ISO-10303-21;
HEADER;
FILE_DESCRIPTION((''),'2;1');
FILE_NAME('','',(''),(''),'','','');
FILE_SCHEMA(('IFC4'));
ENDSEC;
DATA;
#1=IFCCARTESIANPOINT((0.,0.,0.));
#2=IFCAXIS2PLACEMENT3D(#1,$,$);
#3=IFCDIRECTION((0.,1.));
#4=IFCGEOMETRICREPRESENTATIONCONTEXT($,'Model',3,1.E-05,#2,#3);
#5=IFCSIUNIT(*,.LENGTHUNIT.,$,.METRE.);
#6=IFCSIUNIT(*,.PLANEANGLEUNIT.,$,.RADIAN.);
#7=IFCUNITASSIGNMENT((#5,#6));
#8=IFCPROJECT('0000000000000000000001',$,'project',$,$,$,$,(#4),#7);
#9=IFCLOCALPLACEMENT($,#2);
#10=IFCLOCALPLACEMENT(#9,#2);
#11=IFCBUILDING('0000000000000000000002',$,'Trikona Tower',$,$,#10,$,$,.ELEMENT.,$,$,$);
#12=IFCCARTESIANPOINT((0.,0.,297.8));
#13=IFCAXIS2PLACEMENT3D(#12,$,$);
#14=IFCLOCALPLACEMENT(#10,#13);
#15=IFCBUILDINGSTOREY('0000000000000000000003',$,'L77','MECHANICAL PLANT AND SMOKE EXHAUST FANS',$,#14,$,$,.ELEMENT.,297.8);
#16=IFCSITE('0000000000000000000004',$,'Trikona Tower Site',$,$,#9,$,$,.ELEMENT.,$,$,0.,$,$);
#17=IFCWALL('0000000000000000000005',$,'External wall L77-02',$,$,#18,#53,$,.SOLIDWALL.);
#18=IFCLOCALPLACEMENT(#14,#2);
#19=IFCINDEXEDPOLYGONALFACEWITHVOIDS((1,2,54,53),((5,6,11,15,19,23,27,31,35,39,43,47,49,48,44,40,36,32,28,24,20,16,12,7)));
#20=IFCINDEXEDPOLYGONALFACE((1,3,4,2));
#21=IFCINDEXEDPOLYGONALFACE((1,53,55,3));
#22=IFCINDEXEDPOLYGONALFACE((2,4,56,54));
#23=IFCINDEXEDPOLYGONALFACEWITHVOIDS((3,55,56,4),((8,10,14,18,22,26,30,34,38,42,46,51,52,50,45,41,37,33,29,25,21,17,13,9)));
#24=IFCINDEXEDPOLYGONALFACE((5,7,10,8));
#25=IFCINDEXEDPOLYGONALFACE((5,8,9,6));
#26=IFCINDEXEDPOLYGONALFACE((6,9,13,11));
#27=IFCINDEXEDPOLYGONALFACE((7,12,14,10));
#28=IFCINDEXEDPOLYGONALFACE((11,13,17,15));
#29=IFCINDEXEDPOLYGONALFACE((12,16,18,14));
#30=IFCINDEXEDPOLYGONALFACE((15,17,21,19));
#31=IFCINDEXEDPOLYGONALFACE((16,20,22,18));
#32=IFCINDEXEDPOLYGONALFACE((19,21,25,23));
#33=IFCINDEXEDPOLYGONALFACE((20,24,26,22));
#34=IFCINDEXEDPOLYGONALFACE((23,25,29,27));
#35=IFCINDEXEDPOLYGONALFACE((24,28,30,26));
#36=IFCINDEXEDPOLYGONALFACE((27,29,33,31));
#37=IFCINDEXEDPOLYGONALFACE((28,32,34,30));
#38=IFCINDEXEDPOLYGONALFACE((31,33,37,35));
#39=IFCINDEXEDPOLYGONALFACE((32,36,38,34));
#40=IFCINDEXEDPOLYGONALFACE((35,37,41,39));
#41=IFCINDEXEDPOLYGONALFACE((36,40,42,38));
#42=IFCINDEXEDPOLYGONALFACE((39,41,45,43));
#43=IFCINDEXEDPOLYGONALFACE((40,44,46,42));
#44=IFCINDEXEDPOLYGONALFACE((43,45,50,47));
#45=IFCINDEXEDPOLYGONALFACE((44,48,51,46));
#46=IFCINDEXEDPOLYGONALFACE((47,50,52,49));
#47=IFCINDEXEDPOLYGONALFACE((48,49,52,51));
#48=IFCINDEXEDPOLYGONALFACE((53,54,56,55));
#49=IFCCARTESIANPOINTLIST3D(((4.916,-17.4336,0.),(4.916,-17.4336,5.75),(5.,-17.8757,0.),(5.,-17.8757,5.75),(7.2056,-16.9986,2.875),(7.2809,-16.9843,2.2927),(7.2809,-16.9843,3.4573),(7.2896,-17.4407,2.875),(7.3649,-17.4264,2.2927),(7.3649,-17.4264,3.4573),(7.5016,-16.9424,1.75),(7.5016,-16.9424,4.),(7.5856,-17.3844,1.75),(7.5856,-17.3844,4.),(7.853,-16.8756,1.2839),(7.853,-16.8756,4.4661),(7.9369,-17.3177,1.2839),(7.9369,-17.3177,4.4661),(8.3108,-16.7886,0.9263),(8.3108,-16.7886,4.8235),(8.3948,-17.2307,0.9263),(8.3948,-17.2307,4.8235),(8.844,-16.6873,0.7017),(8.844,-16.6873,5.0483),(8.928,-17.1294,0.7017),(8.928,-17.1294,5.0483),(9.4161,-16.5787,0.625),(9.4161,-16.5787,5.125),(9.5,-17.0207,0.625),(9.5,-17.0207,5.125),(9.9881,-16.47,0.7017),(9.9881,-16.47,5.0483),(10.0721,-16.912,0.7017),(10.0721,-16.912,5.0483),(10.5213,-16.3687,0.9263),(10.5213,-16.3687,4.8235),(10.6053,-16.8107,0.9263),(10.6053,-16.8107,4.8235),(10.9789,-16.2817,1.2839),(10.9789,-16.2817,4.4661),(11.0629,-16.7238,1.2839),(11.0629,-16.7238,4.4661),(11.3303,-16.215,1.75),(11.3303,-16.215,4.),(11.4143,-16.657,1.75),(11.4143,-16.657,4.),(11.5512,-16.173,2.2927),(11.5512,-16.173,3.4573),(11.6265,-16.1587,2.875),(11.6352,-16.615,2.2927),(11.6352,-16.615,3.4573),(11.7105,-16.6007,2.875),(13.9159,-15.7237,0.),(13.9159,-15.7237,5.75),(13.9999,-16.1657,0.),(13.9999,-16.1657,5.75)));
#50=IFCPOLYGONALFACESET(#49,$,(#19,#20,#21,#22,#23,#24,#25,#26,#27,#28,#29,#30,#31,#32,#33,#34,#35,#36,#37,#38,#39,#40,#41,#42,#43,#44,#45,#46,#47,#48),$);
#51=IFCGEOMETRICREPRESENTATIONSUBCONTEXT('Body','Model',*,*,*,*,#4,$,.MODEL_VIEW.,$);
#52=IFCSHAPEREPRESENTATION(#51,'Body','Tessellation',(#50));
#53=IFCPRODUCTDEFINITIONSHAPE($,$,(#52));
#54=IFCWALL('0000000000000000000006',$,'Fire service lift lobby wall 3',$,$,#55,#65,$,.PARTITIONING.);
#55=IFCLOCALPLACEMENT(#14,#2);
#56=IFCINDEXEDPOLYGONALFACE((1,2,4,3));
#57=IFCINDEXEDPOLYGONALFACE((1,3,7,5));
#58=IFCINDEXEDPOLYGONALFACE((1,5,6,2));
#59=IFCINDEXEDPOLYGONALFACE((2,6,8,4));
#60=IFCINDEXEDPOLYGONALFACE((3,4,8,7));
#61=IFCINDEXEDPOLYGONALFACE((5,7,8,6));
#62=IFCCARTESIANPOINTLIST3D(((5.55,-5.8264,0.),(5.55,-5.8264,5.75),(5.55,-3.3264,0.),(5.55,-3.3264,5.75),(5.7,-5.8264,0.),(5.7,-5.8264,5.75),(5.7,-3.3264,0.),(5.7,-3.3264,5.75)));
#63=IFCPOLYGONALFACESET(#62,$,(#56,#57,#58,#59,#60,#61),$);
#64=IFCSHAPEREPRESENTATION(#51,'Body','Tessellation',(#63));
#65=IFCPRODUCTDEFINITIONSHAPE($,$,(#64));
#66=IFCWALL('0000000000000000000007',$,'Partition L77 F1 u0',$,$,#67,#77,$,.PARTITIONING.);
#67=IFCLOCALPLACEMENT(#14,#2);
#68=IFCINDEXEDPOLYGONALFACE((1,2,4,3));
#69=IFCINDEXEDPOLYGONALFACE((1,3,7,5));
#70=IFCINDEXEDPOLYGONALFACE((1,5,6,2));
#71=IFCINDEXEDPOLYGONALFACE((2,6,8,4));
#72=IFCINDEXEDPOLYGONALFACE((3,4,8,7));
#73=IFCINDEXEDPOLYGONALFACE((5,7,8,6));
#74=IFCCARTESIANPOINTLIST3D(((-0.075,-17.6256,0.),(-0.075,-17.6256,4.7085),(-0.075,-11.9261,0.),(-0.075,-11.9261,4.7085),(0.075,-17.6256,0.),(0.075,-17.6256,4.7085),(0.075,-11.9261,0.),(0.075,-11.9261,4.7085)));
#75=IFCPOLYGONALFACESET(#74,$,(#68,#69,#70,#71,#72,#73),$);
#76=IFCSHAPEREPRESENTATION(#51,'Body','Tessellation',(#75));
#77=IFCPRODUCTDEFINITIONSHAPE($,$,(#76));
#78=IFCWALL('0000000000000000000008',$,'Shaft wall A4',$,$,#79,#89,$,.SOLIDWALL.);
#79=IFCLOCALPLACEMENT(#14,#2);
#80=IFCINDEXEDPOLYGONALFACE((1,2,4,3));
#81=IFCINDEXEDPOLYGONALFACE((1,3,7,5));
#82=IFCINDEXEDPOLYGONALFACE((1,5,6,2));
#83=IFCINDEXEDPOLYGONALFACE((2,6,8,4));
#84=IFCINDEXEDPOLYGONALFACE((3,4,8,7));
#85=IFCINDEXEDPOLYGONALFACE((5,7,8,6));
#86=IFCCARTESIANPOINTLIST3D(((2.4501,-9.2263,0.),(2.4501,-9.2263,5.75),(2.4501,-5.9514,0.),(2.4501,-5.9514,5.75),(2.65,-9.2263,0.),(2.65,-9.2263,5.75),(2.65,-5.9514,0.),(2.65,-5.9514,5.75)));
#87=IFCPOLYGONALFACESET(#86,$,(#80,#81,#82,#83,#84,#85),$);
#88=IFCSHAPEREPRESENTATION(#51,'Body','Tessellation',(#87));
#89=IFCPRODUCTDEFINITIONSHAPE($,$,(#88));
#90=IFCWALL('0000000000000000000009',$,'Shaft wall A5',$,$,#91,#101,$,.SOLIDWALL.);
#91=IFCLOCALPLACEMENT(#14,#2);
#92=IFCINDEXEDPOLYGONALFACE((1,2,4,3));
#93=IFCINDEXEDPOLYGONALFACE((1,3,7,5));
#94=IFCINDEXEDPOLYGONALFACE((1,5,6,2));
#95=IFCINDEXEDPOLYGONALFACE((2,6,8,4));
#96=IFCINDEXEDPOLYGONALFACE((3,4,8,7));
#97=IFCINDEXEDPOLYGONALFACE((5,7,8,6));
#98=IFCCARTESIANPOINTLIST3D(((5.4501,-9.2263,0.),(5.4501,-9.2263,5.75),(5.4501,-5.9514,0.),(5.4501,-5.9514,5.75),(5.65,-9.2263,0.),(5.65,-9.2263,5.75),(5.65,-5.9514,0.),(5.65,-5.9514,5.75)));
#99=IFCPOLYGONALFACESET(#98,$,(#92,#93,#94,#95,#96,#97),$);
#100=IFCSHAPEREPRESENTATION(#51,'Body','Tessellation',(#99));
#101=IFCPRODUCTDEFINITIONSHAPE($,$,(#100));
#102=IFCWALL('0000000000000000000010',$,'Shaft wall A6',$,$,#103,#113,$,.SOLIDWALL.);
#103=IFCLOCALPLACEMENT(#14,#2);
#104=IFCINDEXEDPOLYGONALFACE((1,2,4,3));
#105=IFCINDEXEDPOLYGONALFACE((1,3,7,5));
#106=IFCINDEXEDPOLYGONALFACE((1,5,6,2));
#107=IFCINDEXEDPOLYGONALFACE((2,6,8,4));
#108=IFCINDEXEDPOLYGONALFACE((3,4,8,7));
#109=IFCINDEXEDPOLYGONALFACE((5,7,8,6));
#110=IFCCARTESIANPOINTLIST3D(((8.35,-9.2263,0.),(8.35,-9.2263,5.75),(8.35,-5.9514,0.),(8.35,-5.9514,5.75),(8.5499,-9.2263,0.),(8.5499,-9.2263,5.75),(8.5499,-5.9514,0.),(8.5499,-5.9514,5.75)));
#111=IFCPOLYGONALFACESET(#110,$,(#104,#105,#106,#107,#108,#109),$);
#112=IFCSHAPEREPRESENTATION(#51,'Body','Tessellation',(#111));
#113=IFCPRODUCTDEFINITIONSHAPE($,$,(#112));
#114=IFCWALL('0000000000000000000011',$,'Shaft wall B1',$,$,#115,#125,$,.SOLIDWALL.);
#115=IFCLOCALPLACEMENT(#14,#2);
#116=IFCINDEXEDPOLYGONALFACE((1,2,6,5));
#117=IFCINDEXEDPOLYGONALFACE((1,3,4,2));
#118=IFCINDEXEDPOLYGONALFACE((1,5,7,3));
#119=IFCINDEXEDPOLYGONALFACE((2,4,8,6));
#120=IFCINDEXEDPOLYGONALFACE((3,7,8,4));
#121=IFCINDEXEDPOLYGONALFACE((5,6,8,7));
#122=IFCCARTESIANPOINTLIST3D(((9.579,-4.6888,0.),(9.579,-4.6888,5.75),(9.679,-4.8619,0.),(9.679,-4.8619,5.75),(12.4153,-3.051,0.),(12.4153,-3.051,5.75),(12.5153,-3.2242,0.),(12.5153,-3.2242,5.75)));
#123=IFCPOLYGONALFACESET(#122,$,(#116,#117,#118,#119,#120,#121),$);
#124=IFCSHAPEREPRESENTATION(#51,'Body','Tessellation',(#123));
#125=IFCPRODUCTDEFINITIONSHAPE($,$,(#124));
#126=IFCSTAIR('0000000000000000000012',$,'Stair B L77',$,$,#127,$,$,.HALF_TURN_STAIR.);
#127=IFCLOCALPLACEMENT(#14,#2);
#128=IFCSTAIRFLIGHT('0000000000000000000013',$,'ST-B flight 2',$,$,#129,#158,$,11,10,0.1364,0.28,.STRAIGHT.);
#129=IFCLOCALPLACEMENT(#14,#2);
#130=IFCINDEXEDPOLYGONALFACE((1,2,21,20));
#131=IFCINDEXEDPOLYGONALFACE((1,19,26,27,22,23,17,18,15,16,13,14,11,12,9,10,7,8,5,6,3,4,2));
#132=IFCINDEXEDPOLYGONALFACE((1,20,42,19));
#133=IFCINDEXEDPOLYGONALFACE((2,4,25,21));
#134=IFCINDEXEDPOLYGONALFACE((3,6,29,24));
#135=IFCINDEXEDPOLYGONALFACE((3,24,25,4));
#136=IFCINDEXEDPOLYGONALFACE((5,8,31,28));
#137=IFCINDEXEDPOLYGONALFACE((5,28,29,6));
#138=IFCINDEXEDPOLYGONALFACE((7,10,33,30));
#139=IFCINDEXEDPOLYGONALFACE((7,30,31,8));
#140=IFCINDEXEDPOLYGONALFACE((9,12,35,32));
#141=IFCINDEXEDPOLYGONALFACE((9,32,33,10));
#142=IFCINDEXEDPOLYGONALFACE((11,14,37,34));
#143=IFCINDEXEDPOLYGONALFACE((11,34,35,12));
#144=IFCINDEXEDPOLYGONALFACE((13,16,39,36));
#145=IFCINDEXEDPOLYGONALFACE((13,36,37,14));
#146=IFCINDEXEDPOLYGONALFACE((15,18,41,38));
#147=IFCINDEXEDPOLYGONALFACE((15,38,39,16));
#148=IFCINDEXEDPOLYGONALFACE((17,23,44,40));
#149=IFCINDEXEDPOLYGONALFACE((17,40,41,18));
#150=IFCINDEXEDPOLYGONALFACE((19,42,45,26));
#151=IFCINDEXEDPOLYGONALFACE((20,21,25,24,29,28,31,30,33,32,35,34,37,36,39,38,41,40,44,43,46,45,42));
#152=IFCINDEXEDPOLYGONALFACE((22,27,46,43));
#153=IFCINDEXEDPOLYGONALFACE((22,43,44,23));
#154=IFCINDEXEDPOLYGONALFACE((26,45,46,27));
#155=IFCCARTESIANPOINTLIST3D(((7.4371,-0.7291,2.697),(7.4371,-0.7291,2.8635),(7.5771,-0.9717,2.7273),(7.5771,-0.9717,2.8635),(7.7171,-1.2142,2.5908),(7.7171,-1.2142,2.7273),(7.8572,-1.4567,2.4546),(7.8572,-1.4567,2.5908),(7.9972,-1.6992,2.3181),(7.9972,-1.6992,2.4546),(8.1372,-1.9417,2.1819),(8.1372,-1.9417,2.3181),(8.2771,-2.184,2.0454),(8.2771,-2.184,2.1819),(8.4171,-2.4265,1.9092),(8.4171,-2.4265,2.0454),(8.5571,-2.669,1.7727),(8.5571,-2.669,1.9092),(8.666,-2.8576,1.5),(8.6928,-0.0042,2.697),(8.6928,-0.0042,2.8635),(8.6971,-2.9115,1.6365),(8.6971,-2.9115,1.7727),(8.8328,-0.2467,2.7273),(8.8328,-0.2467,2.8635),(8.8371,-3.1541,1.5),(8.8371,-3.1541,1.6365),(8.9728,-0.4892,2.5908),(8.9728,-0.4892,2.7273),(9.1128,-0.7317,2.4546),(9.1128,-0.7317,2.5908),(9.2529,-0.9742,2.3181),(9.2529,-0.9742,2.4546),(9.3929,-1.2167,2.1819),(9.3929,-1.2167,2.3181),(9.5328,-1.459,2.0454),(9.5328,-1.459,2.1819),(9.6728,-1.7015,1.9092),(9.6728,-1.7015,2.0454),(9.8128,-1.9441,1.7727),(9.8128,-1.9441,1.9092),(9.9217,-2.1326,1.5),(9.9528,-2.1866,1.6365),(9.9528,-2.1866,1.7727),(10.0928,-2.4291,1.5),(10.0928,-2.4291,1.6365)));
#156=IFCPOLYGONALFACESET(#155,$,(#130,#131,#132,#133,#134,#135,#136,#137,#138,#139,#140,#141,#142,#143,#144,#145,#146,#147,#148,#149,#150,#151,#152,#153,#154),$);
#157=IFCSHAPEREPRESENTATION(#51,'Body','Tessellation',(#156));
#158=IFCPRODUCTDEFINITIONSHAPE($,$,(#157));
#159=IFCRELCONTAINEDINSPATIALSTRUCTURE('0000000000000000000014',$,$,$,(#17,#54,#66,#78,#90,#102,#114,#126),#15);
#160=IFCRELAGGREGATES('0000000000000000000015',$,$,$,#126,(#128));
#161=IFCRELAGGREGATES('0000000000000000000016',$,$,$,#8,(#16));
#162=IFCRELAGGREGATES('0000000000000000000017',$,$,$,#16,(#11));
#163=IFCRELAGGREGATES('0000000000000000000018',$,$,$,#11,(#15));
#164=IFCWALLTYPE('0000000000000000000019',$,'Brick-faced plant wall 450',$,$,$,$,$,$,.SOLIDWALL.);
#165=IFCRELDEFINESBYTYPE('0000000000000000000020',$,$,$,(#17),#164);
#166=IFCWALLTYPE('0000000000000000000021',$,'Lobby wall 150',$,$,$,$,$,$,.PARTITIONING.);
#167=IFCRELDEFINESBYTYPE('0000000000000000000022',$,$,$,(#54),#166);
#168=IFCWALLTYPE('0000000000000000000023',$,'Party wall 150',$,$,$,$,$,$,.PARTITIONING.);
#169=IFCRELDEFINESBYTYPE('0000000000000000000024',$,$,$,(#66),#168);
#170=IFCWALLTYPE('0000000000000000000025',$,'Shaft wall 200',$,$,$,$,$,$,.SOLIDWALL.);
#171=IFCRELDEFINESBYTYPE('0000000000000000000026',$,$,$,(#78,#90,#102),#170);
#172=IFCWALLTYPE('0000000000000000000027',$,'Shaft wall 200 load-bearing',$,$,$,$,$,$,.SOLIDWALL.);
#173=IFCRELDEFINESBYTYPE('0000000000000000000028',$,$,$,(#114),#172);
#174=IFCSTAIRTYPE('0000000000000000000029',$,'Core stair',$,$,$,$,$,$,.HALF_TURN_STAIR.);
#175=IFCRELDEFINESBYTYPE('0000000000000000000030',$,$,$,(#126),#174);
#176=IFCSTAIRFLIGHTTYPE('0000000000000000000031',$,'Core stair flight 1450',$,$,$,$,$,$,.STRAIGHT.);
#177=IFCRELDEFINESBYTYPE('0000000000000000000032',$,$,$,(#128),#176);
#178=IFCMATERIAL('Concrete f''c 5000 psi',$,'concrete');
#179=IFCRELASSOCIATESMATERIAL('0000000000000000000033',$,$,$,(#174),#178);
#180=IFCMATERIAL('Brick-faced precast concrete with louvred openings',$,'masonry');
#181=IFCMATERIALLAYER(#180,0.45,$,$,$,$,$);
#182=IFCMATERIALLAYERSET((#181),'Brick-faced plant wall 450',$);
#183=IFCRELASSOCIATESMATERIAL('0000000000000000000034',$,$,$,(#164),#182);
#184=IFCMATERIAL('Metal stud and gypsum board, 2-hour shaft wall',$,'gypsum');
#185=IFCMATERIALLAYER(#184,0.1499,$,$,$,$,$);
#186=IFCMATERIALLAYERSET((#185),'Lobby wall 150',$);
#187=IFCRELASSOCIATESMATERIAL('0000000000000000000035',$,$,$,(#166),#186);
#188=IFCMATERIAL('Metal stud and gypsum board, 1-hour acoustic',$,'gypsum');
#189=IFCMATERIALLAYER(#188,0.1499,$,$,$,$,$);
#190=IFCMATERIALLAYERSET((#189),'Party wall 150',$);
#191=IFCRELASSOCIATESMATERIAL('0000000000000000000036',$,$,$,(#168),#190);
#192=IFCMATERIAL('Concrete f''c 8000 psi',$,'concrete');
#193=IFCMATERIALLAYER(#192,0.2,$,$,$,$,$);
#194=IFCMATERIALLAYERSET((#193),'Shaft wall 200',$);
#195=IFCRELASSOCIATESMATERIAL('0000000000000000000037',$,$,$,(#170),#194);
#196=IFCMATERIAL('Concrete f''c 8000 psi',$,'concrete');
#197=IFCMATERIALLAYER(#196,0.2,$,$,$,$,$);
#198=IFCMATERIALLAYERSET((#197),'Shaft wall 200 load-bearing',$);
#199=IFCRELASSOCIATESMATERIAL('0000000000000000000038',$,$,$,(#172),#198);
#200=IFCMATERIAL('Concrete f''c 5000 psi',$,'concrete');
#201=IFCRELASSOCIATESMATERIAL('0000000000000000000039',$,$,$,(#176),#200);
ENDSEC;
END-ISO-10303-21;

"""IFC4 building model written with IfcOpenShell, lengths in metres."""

from ifc_helpers import new_model, si_unit, direction, frame, frame_2d, origin, place, context, subcontext, project, spatial, polyline, rectangle, outline, extrude, material, layer, layer_set, type_object, element, aggregate, save


model = new_model("IFC4")

# Units and contexts
model_context = context("Model", 3, precision=1e-05, world=origin(), true_north=direction((0.0, 1.0)))
body_context = subcontext(model_context, "Body", "Model", "MODEL_VIEW")
ifc_project = project(units=[si_unit("LENGTHUNIT", "METRE"), si_unit("PLANEANGLEUNIT", "RADIAN")], contexts=[model_context])

# Site, building, storey
site_placement = place(None, origin())
site = spatial("IfcSite", under=ifc_project, at=site_placement, Name="Trikona Tower Site", CompositionType="ELEMENT", RefElevation=0.0)
building_placement = place(site_placement, origin())
building = spatial("IfcBuilding", under=site, at=building_placement, Name="Trikona Tower", CompositionType="ELEMENT")
storey_placement = place(building_placement, frame((0.0, 0.0, 297.8)))
storey = spatial("IfcBuildingStorey", under=building, at=storey_placement, Name="L77", Description="MECHANICAL PLANT AND SMOKE EXHAUST FANS", CompositionType="ELEMENT", Elevation=297.8)

# Shared definitions
ifc_material_1 = material(Name="Concrete f'c 5000 psi", Category="concrete")
stair_type = type_object("IfcStairType", Name="Core stair", PredefinedType="HALF_TURN_STAIR", material=ifc_material_1)

# Walls
ifc_material_2 = material(Name="Brick-faced precast concrete with louvred openings", Category="masonry")
ifc_layer_1 = layer(ifc_material_2, 0.45)
ifc_layer_set_1 = layer_set([ifc_layer_1], Name="Brick-faced plant wall 450")
wall_type_1 = type_object("IfcWallType", Name="Brick-faced plant wall 450", PredefinedType="SOLIDWALL", material=ifc_layer_set_1)
wall_1_placement = place(storey_placement, frame((4.958, -17.6548, 0.0), z_axis=(0.0, 0.0, 1.0), x_axis=(0.982425, 0.186657, 0.0)))
element("IfcWall", 1, at=wall_1_placement, inside=storey, type_object=wall_type_1, Name="External wall L77-02", PredefinedType="SOLIDWALL", context=body_context, shape_type="SweptSolid", body=[
    extrude(outline(polyline([(0.0, 0.0), (9.1609, 0.0), (9.1609, 5.75), (0.0, 5.75), (0.0, 0.0)]), holes=[polyline([(6.8306, 2.875), (6.7539, 3.4573), (6.5291, 4.0), (6.1714, 4.4661), (5.7056, 4.8235), (5.1628, 5.0483), (4.5806, 5.125), (3.9983, 5.0483), (3.4556, 4.8235), (2.9895, 4.4661), (2.6318, 4.0), (2.4072, 3.4573), (2.3306, 2.875), (2.4072, 2.2927), (2.6318, 1.75), (2.9895, 1.2839), (3.4556, 0.9263), (3.9983, 0.7017), (4.5806, 0.625), (5.1628, 0.7017), (5.7056, 0.9263), (6.1714, 1.2839), (6.5291, 1.75), (6.7539, 2.2927), (6.8306, 2.875)])]), frame((0.0, 0.2251, 0.0), z_axis=(0.0, -1.0, 0.0), x_axis=(1.0, 0.0, 0.0)), (0.0, 0.0, 1.0), 0.45),
])
ifc_material_3 = material(Name="Metal stud and gypsum board, 2-hour shaft wall", Category="gypsum")
ifc_layer_2 = layer(ifc_material_3, 0.1499)
ifc_layer_set_2 = layer_set([ifc_layer_2], Name="Lobby wall 150")
wall_type_2 = type_object("IfcWallType", Name="Lobby wall 150", PredefinedType="PARTITIONING", material=ifc_layer_set_2)
wall_2_placement = place(storey_placement, frame((5.625, -5.8264, 0.0), z_axis=(0.0, 0.0, 1.0), x_axis=(0.0, 1.0, 0.0)))
element("IfcWall", 2, at=wall_2_placement, inside=storey, type_object=wall_type_2, Name="Fire service lift lobby wall 3", PredefinedType="PARTITIONING", context=body_context, shape_type="SweptSolid", body=[
    extrude(rectangle(XDim=2.5, YDim=0.1499, at=frame_2d((1.25, 0.0))), origin(), (0.0, 0.0, 1.0), 5.75),
])
ifc_material_4 = material(Name="Metal stud and gypsum board, 1-hour acoustic", Category="gypsum")
ifc_layer_3 = layer(ifc_material_4, 0.1499)
ifc_layer_set_3 = layer_set([ifc_layer_3], Name="Party wall 150")
wall_type_3 = type_object("IfcWallType", Name="Party wall 150", PredefinedType="PARTITIONING", material=ifc_layer_set_3)
wall_3_placement = place(storey_placement, frame((0.0, -11.9263, 0.0), z_axis=(0.0, 0.0, 1.0), x_axis=(0.0, -1.0, 0.0)))
element("IfcWall", 3, at=wall_3_placement, inside=storey, type_object=wall_type_3, Name="Partition L77 F1 u0", PredefinedType="PARTITIONING", context=body_context, shape_type="SweptSolid", body=[
    extrude(rectangle(XDim=5.6995, YDim=0.1499, at=frame_2d((2.8496, 0.0))), origin(), (0.0, 0.0, 1.0), 4.7085),
])
ifc_material_5 = material(Name="Concrete f'c 8000 psi", Category="concrete")
ifc_layer_4 = layer(ifc_material_5, 0.2)
ifc_layer_set_4 = layer_set([ifc_layer_4], Name="Shaft wall 200")
wall_type_4 = type_object("IfcWallType", Name="Shaft wall 200", PredefinedType="SOLIDWALL", material=ifc_layer_set_4)
for number, where, z_axis, x_axis, name in (
    (4, (2.55, -5.9514, 0.0), (0.0, 0.0, 1.0), (0.0, -1.0, 0.0), "Shaft wall A4"),
    (5, (5.55, -5.9514, 0.0), (0.0, 0.0, 1.0), (0.0, -1.0, 0.0), "Shaft wall A5"),
    (6, (8.45, -5.9514, 0.0), (0.0, 0.0, 1.0), (0.0, -1.0, 0.0), "Shaft wall A6"),
):
    element("IfcWall", number, at=place(storey_placement, frame(where, z_axis=z_axis, x_axis=x_axis)), inside=storey, type_object=wall_type_4, Name=name, PredefinedType="SOLIDWALL", context=body_context, shape_type="SweptSolid", body=[
        extrude(rectangle(XDim=3.2749, YDim=0.2, at=frame_2d((1.6375, 0.0))), origin(), (0.0, 0.0, 1.0), 5.75),
    ])
ifc_material_6 = material(Name="Concrete f'c 8000 psi", Category="concrete")
ifc_layer_5 = layer(ifc_material_6, 0.2)
ifc_layer_set_5 = layer_set([ifc_layer_5], Name="Shaft wall 200 load-bearing")
wall_type_5 = type_object("IfcWallType", Name="Shaft wall 200 load-bearing", PredefinedType="SOLIDWALL", material=ifc_layer_set_5)
wall_4_placement = place(storey_placement, frame((9.6289, -4.7754, 0.0), z_axis=(0.0, 0.0, 1.0), x_axis=(0.865996, 0.500052, 0.0)))
element("IfcWall", 7, at=wall_4_placement, inside=storey, type_object=wall_type_5, Name="Shaft wall B1", PredefinedType="SOLIDWALL", context=body_context, shape_type="SweptSolid", body=[
    extrude(rectangle(XDim=3.2751, YDim=0.2, at=frame_2d((1.6377, 0.0))), origin(), (0.0, 0.0, 1.0), 5.75),
])

# Stair, stair flight
stair_1_placement = place(storey_placement, origin())
stair_1 = element("IfcStair", 8, at=stair_1_placement, inside=storey, type_object=stair_type, Name="Stair B L77", PredefinedType="HALF_TURN_STAIR")
ifc_material_7 = material(Name="Concrete f'c 5000 psi", Category="concrete")
stair_flight_type = type_object("IfcStairFlightType", Name="Core stair flight 1450", PredefinedType="STRAIGHT", material=ifc_material_7)
stair_flight_1_placement = place(storey_placement, frame((9.4651, -2.7915, 1.5), z_axis=(0.0, 0.0, 1.0), x_axis=(-0.5, 0.866025, 0.0)))
stair_flight_1 = element("IfcStairFlight", 9, at=stair_flight_1_placement, type_object=stair_flight_type, Name="ST-B flight 2", NumberOfRisers=11, NumberOfTreads=10, PredefinedType="STRAIGHT", RiserHeight=0.1364, TreadLength=0.28, context=body_context, shape_type="SweptSolid", body=[
    extrude(outline(polyline([(0.0, 0.0), (0.0, 0.1365), (0.28, 0.1365), (0.28, 0.2727), (0.5601, 0.2727), (0.5601, 0.4092), (0.8401, 0.4092), (0.8401, 0.5454), (1.1201, 0.5454), (1.1201, 0.6819), (1.3999, 0.6819), (1.3999, 0.8181), (1.6799, 0.8181), (1.6799, 0.9546), (1.96, 0.9546), (1.96, 1.0908), (2.24, 1.0908), (2.24, 1.2273), (2.52, 1.2273), (2.52, 1.3635), (2.8, 1.3635), (2.8, 1.5), (2.8, 1.197), (0.3423, 0.0), (0.0, 0.0)])), frame((0.0, 0.7251, 0.0), z_axis=(0.0, -1.0, 0.0), x_axis=(1.0, 0.0, 0.0)), (0.0, 0.0, 1.0), 1.45),
])
aggregate(stair_1, [stair_flight_1])

save(model, "model.ifc")
